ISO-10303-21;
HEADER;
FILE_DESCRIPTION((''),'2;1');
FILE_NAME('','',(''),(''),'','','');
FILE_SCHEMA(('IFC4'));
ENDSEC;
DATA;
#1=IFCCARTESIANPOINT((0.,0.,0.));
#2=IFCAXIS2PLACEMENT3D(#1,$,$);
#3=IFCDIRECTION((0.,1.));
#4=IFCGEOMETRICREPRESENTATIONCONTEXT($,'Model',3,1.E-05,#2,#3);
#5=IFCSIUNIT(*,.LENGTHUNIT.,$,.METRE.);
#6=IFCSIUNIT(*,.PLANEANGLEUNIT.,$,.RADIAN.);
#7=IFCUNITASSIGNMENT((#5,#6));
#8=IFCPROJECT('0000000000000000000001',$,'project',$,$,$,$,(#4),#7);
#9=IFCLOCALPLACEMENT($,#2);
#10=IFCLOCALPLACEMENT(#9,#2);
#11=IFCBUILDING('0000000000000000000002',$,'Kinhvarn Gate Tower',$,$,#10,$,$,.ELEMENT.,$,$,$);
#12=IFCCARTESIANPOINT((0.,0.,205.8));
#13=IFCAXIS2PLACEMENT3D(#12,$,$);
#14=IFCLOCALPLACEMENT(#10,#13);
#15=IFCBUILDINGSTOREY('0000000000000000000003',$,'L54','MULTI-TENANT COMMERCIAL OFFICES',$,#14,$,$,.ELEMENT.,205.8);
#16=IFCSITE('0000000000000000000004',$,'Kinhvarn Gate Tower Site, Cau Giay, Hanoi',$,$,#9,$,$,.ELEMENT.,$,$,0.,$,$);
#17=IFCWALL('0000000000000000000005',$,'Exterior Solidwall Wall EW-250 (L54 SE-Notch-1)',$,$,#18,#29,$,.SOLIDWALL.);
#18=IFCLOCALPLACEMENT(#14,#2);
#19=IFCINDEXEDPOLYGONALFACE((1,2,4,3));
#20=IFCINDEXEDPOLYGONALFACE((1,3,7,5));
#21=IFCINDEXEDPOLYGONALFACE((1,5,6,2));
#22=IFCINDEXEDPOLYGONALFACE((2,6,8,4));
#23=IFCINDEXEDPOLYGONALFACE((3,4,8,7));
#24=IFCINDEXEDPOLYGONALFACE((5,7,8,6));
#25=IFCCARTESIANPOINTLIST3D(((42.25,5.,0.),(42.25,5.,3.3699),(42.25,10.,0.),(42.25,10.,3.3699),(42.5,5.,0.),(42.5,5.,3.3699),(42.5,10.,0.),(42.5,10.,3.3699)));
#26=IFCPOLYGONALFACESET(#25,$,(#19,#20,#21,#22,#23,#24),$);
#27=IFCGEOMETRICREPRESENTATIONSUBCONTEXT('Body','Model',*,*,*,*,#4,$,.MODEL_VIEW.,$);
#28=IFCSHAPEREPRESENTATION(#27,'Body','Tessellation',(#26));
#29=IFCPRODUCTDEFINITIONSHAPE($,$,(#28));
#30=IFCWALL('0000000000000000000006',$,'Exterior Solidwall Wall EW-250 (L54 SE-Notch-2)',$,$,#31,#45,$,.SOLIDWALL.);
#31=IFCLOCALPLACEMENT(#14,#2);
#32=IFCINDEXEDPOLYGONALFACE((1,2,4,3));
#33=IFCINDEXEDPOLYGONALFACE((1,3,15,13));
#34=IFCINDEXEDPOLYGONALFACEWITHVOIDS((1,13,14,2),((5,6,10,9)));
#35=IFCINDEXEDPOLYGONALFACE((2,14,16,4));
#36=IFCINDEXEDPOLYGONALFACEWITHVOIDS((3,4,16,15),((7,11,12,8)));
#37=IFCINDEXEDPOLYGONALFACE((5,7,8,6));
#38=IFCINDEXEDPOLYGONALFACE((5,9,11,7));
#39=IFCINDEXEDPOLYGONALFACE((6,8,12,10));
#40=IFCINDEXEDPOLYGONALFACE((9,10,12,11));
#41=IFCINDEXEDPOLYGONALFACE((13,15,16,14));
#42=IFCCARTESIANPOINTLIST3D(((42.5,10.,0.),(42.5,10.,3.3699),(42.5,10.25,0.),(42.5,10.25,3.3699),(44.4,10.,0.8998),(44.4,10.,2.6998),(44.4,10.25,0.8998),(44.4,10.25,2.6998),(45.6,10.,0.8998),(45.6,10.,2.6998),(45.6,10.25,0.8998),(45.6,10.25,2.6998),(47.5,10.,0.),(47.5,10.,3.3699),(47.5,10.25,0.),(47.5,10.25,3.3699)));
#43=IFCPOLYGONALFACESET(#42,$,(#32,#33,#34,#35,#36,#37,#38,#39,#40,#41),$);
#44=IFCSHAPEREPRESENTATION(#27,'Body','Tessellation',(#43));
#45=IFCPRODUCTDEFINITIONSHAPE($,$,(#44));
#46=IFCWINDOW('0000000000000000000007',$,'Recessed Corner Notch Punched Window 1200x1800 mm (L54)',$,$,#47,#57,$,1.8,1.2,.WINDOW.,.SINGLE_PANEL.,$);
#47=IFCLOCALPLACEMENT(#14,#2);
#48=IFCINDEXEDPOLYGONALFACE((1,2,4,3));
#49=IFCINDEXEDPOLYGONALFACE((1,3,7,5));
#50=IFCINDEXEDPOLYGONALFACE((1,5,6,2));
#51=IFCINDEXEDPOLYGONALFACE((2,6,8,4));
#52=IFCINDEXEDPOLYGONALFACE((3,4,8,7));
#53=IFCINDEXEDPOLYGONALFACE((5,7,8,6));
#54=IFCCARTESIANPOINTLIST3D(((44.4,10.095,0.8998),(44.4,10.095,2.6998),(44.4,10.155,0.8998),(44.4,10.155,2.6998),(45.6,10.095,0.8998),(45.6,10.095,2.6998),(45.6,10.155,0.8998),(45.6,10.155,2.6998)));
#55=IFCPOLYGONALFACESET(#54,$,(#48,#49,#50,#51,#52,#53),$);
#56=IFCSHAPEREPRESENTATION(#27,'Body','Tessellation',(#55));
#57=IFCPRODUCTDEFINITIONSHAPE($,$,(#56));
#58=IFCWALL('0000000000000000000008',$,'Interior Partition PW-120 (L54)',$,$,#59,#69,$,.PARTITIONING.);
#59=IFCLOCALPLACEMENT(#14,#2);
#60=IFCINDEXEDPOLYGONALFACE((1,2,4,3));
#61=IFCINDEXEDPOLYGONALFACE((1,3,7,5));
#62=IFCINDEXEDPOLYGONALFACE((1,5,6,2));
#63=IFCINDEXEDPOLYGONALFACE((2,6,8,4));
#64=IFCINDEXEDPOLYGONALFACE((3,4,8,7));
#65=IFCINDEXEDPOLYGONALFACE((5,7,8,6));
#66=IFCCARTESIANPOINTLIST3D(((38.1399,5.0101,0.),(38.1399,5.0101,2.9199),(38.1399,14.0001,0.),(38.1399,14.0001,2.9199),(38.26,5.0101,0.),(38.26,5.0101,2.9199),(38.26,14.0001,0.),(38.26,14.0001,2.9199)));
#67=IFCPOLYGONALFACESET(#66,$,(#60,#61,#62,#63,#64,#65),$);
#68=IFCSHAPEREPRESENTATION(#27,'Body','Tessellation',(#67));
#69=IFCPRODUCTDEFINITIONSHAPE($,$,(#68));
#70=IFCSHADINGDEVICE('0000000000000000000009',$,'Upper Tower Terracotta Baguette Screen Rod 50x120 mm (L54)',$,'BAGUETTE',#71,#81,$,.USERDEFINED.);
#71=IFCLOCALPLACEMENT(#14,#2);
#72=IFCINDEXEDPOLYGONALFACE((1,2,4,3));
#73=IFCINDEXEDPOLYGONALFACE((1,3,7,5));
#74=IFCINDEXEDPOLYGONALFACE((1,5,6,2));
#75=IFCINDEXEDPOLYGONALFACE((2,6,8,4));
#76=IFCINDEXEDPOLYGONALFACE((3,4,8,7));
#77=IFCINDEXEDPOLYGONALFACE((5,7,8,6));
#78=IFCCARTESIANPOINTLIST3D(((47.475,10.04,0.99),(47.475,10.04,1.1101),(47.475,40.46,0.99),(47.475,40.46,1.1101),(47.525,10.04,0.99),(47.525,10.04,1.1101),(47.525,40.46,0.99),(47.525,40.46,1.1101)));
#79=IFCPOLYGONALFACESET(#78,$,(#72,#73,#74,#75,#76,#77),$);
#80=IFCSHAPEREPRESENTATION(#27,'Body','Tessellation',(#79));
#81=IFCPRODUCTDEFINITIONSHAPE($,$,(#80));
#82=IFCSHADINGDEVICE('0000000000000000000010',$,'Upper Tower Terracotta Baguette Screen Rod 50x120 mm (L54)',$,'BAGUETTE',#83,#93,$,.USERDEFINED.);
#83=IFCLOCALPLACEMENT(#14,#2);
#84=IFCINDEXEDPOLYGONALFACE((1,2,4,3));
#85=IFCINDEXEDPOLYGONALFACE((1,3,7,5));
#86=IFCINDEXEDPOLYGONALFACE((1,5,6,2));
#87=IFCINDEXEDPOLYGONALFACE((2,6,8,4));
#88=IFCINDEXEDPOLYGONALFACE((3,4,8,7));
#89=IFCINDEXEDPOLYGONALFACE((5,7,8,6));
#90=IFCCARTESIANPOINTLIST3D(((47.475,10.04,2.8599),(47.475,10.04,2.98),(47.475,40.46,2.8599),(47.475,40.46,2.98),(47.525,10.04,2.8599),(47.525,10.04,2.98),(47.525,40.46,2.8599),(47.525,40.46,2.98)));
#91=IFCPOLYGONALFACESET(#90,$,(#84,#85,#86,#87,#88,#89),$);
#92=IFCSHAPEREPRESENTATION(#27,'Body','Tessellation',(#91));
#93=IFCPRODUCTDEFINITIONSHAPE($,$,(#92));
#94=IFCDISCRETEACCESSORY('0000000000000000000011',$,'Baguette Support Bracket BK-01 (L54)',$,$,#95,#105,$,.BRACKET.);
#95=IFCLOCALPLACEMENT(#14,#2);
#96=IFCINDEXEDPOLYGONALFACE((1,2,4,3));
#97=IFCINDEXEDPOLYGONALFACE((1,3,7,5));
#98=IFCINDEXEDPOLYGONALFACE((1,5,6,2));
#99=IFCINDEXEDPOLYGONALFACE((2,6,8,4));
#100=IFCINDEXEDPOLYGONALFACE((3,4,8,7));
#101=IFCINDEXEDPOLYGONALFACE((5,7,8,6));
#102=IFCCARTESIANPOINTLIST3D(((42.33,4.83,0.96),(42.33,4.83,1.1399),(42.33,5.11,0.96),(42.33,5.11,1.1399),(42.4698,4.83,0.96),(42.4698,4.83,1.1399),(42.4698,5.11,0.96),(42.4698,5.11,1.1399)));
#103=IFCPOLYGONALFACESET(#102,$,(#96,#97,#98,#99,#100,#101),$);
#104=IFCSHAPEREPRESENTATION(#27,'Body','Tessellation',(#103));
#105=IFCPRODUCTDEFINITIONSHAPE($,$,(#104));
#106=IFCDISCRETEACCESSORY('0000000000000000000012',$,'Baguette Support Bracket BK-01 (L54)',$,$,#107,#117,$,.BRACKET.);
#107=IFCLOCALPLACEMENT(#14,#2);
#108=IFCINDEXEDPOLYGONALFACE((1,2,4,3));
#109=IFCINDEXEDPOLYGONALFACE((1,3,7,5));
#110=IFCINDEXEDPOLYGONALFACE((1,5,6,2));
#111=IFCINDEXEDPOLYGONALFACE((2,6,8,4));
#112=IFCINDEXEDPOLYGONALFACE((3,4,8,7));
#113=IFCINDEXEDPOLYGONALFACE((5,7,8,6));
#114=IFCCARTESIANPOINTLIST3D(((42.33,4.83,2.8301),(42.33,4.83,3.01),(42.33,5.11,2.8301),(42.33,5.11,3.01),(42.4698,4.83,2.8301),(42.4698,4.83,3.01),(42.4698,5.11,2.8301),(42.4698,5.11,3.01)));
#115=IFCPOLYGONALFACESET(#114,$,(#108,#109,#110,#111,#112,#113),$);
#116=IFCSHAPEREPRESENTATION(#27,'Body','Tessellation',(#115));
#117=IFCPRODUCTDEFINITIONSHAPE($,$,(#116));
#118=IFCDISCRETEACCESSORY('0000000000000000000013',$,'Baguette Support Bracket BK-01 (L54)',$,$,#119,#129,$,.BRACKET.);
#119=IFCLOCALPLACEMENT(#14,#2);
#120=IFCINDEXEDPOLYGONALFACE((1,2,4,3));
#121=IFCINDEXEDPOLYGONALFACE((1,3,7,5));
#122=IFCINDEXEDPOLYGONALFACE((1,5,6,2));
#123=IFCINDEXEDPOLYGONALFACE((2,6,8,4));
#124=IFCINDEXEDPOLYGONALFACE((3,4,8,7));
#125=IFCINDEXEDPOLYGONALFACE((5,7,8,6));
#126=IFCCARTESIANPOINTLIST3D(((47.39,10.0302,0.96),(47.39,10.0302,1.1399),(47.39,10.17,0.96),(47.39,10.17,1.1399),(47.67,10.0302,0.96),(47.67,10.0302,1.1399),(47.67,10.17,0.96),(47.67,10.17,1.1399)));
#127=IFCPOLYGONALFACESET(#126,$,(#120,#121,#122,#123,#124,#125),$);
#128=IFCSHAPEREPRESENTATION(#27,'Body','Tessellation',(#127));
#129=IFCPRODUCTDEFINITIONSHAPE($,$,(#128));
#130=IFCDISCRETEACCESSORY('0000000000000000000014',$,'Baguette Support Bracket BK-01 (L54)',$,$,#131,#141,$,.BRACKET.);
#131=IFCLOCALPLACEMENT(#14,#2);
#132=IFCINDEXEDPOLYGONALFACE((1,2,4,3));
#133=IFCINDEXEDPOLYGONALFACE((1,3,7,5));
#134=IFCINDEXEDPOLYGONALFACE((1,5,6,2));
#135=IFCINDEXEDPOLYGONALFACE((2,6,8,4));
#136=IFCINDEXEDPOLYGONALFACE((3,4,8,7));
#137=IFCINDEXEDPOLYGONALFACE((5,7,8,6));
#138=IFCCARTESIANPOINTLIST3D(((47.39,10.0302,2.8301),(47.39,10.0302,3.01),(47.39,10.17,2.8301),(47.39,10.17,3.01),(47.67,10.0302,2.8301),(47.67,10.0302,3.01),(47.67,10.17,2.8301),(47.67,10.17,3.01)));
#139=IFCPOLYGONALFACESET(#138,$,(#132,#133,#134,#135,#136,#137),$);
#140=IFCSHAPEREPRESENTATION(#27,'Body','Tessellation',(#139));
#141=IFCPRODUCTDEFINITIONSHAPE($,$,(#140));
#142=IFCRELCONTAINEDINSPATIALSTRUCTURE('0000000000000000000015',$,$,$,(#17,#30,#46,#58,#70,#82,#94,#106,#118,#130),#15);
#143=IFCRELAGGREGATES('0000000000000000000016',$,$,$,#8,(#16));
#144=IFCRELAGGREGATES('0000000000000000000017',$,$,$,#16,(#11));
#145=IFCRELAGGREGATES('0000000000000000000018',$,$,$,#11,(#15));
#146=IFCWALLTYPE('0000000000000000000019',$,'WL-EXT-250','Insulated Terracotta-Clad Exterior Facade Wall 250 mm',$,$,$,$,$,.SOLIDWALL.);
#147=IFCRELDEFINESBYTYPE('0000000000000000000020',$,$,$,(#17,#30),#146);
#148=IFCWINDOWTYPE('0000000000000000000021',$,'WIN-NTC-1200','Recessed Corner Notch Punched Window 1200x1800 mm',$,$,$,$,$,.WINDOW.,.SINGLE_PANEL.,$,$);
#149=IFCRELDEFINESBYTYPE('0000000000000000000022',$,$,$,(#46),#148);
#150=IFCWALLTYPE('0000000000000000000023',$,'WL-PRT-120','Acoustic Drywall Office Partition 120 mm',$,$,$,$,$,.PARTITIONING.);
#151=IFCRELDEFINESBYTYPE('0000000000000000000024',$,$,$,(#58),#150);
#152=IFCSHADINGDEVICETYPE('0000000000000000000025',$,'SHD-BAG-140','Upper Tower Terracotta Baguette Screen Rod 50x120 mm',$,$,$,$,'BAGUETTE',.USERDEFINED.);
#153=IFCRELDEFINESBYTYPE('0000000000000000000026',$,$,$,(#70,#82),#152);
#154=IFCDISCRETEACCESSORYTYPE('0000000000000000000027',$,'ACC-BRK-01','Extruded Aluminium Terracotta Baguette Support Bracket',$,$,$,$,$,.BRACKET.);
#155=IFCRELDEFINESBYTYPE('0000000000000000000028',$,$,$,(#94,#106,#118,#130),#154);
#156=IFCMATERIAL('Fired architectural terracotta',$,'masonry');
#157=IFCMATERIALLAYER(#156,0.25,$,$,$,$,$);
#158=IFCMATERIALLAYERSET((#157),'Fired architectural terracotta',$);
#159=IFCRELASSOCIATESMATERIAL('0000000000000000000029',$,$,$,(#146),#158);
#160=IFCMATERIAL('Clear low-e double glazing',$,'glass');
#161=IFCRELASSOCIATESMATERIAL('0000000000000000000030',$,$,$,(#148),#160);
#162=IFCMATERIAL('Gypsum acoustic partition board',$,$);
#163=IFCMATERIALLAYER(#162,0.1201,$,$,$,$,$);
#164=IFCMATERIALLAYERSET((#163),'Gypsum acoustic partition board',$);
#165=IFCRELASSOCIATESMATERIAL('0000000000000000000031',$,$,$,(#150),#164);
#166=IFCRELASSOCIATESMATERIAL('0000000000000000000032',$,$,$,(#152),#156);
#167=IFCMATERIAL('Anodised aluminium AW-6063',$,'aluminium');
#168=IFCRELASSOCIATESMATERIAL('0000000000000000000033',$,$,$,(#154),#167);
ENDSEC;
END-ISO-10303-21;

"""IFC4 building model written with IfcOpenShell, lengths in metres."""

from ifc_helpers import new_model, si_unit, direction, frame, frame_2d, origin, origin_2d, place, context, subcontext, project, spatial, rectangle, extrude, material, layer, layer_set, material_profile, profile_set, type_object, element, fill, save


model = new_model("IFC4")

# Units and contexts
model_context = context("Model", 3, precision=1e-05, world=origin(), true_north=direction((0.0, 1.0)))
body_context = subcontext(model_context, "Body", "Model", "MODEL_VIEW")
ifc_project = project(units=[si_unit("LENGTHUNIT", "METRE"), si_unit("PLANEANGLEUNIT", "RADIAN")], contexts=[model_context])

# Site, building, storey
site_placement = place(None, origin())
site = spatial("IfcSite", under=ifc_project, at=site_placement, Name="Kinhvarn Gate Tower Site, Cau Giay, Hanoi", CompositionType="ELEMENT", RefElevation=0.0)
building_placement = place(site_placement, origin())
building = spatial("IfcBuilding", under=site, at=building_placement, Name="Kinhvarn Gate Tower", CompositionType="ELEMENT")
storey_placement = place(building_placement, frame((0.0, 0.0, 205.8)))
storey = spatial("IfcBuildingStorey", under=building, at=storey_placement, Name="L54", Description="MULTI-TENANT COMMERCIAL OFFICES", CompositionType="ELEMENT", Elevation=205.8)

# Shared definitions
ifc_material_1 = material(Name="Anodised aluminium AW-6063", Category="aluminium")

# Shared definitions
ifc_material_2 = material(Name="Clear low-e double glazing", Category="glass")

# Wall
ifc_material_3 = material(Name="Fired architectural terracotta", Category="masonry")
ifc_layer_1 = layer(ifc_material_3, 0.25)
ifc_layer_set_1 = layer_set([ifc_layer_1], Name="Fired architectural terracotta")
wall_type_1 = type_object("IfcWallType", Name="WL-EXT-250", Description="Insulated Terracotta-Clad Exterior Facade Wall 250 mm", PredefinedType="SOLIDWALL", material=ifc_layer_set_1)
wall_1_placement = place(storey_placement, frame((42.375, 5.0, 0.0), z_axis=(0.0, 0.0, 1.0), x_axis=(0.0, 1.0, 0.0)))
element("IfcWall", 1, at=wall_1_placement, inside=storey, type_object=wall_type_1, Name="Exterior Solidwall Wall EW-250 (L54 SE-Notch-1)", PredefinedType="SOLIDWALL", context=body_context, shape_type="SweptSolid", body=[
    extrude(rectangle(XDim=5.0, YDim=0.25, at=frame_2d((2.5, 0.0))), origin(), (0.0, 0.0, 1.0), 3.3699),
])

# Wall, opening, window
wall_2_placement = place(storey_placement, frame((42.5, 10.125, 0.0), z_axis=(0.0, 0.0, 1.0), x_axis=(1.0, 0.0, 0.0)))
wall_2 = element("IfcWall", 2, at=wall_2_placement, inside=storey, type_object=wall_type_1, Name="Exterior Solidwall Wall EW-250 (L54 SE-Notch-2)", PredefinedType="SOLIDWALL", context=body_context, shape_type="SweptSolid", body=[
    extrude(rectangle(XDim=5.0, YDim=0.25, at=frame_2d((2.5, 0.0))), origin(), (0.0, 0.0, 1.0), 3.3699),
])
opening_placement = place(wall_2_placement, frame((1.8999, 0.0, 0.8999)))
opening = element("IfcOpeningElement", 3, at=opening_placement, cuts=wall_2, PredefinedType="OPENING", context=body_context, shape_type="SweptSolid", body=[
    extrude(rectangle(XDim=1.2, YDim=1.8, at=frame_2d((0.6001, 0.8999))), frame((0.0, 0.135, 0.0), z_axis=(0.0, -1.0, 0.0), x_axis=(1.0, 0.0, 0.0)), (0.0, 0.0, 1.0), 0.27),
])
window_type = type_object("IfcWindowType", Name="WIN-NTC-1200", Description="Recessed Corner Notch Punched Window 1200x1800 mm", PartitioningType="SINGLE_PANEL", PredefinedType="WINDOW", material=ifc_material_2)
window_placement = place(opening_placement, origin())
window = element("IfcWindow", 4, at=window_placement, inside=storey, type_object=window_type, Name="Recessed Corner Notch Punched Window 1200x1800 mm (L54)", OverallHeight=1.8, OverallWidth=1.2, PartitioningType="SINGLE_PANEL", PredefinedType="WINDOW", context=body_context, shape_type="SweptSolid", body=[
    extrude(rectangle(XDim=1.2, YDim=1.8, at=frame_2d((0.6001, 0.8999))), frame((0.0, 0.03, 0.0), z_axis=(0.0, -1.0, 0.0), x_axis=(1.0, 0.0, 0.0)), (0.0, 0.0, 1.0), 0.0601),
])
fill(opening, window)

# Wall
ifc_material_4 = material(Name="Gypsum acoustic partition board")
ifc_layer_2 = layer(ifc_material_4, 0.1201)
ifc_layer_set_2 = layer_set([ifc_layer_2], Name="Gypsum acoustic partition board")
wall_type_2 = type_object("IfcWallType", Name="WL-PRT-120", Description="Acoustic Drywall Office Partition 120 mm", PredefinedType="PARTITIONING", material=ifc_layer_set_2)
wall_3_placement = place(storey_placement, frame((38.2, 5.01, 0.0), z_axis=(0.0, 0.0, 1.0), x_axis=(0.0, 1.0, 0.0)))
element("IfcWall", 5, at=wall_3_placement, inside=storey, type_object=wall_type_2, Name="Interior Partition PW-120 (L54)", PredefinedType="PARTITIONING", context=body_context, shape_type="SweptSolid", body=[
    extrude(rectangle(XDim=8.99, YDim=0.1201, at=frame_2d((4.4951, 0.0))), origin(), (0.0, 0.0, 1.0), 2.9199),
])

# Shading devices
ifc_material_profile_1 = material_profile(ifc_material_3, rectangle(XDim=0.05, YDim=0.1201, at=origin_2d()), Name="TC 50x120")
ifc_profile_set_1 = profile_set([ifc_material_profile_1], Name="Fired architectural terracotta")
shading_device_type = type_object("IfcShadingDeviceType", Name="SHD-BAG-140", Description="Upper Tower Terracotta Baguette Screen Rod 50x120 mm", ElementType="BAGUETTE", PredefinedType="USERDEFINED", material=ifc_profile_set_1)
for number, where, z_axis, x_axis, name in (
    (6, (47.5, 10.04, 1.05), (0.0, 1.0, 0.0), (-1.0, 0.0, 0.0), "Upper Tower Terracotta Baguette Screen Rod 50x120 mm (L54)"),
    (7, (47.5, 10.04, 2.9199), (0.0, 1.0, 0.0), (-1.0, 0.0, 0.0), "Upper Tower Terracotta Baguette Screen Rod 50x120 mm (L54)"),
):
    element("IfcShadingDevice", number, at=place(storey_placement, frame(where, z_axis=z_axis, x_axis=x_axis)), inside=storey, type_object=shading_device_type, Name=name, ObjectType="BAGUETTE", PredefinedType="USERDEFINED", context=body_context, shape_type="SweptSolid", body=[
        extrude(rectangle(XDim=0.05, YDim=0.1201, at=origin_2d()), origin(), (0.0, 0.0, 1.0), 30.4199),
    ])

# Discrete accessories
discrete_accessory_type = type_object("IfcDiscreteAccessoryType", Name="ACC-BRK-01", Description="Extruded Aluminium Terracotta Baguette Support Bracket", PredefinedType="BRACKET", material=ifc_material_1)
for number, where, z_axis, x_axis, name in (
    (8, (42.3999, 4.97, 0.96), (0.0, 0.0, 1.0), (1.0, 0.0, 0.0), "Baguette Support Bracket BK-01 (L54)"),
    (9, (42.3999, 4.97, 2.8301), (0.0, 0.0, 1.0), (1.0, 0.0, 0.0), "Baguette Support Bracket BK-01 (L54)"),
    (10, (47.53, 10.1001, 0.96), (0.0, 0.0, 1.0), (0.0, 1.0, 0.0), "Baguette Support Bracket BK-01 (L54)"),
    (11, (47.53, 10.1001, 2.8301), (0.0, 0.0, 1.0), (0.0, 1.0, 0.0), "Baguette Support Bracket BK-01 (L54)"),
):
    element("IfcDiscreteAccessory", number, at=place(storey_placement, frame(where, z_axis=z_axis, x_axis=x_axis)), inside=storey, type_object=discrete_accessory_type, Name=name, PredefinedType="BRACKET", context=body_context, shape_type="SweptSolid", body=[
        extrude(rectangle(XDim=0.1399, YDim=0.28, at=origin_2d()), origin(), (0.0, 0.0, 1.0), 0.1799),
    ])

save(model, "model.ifc")
